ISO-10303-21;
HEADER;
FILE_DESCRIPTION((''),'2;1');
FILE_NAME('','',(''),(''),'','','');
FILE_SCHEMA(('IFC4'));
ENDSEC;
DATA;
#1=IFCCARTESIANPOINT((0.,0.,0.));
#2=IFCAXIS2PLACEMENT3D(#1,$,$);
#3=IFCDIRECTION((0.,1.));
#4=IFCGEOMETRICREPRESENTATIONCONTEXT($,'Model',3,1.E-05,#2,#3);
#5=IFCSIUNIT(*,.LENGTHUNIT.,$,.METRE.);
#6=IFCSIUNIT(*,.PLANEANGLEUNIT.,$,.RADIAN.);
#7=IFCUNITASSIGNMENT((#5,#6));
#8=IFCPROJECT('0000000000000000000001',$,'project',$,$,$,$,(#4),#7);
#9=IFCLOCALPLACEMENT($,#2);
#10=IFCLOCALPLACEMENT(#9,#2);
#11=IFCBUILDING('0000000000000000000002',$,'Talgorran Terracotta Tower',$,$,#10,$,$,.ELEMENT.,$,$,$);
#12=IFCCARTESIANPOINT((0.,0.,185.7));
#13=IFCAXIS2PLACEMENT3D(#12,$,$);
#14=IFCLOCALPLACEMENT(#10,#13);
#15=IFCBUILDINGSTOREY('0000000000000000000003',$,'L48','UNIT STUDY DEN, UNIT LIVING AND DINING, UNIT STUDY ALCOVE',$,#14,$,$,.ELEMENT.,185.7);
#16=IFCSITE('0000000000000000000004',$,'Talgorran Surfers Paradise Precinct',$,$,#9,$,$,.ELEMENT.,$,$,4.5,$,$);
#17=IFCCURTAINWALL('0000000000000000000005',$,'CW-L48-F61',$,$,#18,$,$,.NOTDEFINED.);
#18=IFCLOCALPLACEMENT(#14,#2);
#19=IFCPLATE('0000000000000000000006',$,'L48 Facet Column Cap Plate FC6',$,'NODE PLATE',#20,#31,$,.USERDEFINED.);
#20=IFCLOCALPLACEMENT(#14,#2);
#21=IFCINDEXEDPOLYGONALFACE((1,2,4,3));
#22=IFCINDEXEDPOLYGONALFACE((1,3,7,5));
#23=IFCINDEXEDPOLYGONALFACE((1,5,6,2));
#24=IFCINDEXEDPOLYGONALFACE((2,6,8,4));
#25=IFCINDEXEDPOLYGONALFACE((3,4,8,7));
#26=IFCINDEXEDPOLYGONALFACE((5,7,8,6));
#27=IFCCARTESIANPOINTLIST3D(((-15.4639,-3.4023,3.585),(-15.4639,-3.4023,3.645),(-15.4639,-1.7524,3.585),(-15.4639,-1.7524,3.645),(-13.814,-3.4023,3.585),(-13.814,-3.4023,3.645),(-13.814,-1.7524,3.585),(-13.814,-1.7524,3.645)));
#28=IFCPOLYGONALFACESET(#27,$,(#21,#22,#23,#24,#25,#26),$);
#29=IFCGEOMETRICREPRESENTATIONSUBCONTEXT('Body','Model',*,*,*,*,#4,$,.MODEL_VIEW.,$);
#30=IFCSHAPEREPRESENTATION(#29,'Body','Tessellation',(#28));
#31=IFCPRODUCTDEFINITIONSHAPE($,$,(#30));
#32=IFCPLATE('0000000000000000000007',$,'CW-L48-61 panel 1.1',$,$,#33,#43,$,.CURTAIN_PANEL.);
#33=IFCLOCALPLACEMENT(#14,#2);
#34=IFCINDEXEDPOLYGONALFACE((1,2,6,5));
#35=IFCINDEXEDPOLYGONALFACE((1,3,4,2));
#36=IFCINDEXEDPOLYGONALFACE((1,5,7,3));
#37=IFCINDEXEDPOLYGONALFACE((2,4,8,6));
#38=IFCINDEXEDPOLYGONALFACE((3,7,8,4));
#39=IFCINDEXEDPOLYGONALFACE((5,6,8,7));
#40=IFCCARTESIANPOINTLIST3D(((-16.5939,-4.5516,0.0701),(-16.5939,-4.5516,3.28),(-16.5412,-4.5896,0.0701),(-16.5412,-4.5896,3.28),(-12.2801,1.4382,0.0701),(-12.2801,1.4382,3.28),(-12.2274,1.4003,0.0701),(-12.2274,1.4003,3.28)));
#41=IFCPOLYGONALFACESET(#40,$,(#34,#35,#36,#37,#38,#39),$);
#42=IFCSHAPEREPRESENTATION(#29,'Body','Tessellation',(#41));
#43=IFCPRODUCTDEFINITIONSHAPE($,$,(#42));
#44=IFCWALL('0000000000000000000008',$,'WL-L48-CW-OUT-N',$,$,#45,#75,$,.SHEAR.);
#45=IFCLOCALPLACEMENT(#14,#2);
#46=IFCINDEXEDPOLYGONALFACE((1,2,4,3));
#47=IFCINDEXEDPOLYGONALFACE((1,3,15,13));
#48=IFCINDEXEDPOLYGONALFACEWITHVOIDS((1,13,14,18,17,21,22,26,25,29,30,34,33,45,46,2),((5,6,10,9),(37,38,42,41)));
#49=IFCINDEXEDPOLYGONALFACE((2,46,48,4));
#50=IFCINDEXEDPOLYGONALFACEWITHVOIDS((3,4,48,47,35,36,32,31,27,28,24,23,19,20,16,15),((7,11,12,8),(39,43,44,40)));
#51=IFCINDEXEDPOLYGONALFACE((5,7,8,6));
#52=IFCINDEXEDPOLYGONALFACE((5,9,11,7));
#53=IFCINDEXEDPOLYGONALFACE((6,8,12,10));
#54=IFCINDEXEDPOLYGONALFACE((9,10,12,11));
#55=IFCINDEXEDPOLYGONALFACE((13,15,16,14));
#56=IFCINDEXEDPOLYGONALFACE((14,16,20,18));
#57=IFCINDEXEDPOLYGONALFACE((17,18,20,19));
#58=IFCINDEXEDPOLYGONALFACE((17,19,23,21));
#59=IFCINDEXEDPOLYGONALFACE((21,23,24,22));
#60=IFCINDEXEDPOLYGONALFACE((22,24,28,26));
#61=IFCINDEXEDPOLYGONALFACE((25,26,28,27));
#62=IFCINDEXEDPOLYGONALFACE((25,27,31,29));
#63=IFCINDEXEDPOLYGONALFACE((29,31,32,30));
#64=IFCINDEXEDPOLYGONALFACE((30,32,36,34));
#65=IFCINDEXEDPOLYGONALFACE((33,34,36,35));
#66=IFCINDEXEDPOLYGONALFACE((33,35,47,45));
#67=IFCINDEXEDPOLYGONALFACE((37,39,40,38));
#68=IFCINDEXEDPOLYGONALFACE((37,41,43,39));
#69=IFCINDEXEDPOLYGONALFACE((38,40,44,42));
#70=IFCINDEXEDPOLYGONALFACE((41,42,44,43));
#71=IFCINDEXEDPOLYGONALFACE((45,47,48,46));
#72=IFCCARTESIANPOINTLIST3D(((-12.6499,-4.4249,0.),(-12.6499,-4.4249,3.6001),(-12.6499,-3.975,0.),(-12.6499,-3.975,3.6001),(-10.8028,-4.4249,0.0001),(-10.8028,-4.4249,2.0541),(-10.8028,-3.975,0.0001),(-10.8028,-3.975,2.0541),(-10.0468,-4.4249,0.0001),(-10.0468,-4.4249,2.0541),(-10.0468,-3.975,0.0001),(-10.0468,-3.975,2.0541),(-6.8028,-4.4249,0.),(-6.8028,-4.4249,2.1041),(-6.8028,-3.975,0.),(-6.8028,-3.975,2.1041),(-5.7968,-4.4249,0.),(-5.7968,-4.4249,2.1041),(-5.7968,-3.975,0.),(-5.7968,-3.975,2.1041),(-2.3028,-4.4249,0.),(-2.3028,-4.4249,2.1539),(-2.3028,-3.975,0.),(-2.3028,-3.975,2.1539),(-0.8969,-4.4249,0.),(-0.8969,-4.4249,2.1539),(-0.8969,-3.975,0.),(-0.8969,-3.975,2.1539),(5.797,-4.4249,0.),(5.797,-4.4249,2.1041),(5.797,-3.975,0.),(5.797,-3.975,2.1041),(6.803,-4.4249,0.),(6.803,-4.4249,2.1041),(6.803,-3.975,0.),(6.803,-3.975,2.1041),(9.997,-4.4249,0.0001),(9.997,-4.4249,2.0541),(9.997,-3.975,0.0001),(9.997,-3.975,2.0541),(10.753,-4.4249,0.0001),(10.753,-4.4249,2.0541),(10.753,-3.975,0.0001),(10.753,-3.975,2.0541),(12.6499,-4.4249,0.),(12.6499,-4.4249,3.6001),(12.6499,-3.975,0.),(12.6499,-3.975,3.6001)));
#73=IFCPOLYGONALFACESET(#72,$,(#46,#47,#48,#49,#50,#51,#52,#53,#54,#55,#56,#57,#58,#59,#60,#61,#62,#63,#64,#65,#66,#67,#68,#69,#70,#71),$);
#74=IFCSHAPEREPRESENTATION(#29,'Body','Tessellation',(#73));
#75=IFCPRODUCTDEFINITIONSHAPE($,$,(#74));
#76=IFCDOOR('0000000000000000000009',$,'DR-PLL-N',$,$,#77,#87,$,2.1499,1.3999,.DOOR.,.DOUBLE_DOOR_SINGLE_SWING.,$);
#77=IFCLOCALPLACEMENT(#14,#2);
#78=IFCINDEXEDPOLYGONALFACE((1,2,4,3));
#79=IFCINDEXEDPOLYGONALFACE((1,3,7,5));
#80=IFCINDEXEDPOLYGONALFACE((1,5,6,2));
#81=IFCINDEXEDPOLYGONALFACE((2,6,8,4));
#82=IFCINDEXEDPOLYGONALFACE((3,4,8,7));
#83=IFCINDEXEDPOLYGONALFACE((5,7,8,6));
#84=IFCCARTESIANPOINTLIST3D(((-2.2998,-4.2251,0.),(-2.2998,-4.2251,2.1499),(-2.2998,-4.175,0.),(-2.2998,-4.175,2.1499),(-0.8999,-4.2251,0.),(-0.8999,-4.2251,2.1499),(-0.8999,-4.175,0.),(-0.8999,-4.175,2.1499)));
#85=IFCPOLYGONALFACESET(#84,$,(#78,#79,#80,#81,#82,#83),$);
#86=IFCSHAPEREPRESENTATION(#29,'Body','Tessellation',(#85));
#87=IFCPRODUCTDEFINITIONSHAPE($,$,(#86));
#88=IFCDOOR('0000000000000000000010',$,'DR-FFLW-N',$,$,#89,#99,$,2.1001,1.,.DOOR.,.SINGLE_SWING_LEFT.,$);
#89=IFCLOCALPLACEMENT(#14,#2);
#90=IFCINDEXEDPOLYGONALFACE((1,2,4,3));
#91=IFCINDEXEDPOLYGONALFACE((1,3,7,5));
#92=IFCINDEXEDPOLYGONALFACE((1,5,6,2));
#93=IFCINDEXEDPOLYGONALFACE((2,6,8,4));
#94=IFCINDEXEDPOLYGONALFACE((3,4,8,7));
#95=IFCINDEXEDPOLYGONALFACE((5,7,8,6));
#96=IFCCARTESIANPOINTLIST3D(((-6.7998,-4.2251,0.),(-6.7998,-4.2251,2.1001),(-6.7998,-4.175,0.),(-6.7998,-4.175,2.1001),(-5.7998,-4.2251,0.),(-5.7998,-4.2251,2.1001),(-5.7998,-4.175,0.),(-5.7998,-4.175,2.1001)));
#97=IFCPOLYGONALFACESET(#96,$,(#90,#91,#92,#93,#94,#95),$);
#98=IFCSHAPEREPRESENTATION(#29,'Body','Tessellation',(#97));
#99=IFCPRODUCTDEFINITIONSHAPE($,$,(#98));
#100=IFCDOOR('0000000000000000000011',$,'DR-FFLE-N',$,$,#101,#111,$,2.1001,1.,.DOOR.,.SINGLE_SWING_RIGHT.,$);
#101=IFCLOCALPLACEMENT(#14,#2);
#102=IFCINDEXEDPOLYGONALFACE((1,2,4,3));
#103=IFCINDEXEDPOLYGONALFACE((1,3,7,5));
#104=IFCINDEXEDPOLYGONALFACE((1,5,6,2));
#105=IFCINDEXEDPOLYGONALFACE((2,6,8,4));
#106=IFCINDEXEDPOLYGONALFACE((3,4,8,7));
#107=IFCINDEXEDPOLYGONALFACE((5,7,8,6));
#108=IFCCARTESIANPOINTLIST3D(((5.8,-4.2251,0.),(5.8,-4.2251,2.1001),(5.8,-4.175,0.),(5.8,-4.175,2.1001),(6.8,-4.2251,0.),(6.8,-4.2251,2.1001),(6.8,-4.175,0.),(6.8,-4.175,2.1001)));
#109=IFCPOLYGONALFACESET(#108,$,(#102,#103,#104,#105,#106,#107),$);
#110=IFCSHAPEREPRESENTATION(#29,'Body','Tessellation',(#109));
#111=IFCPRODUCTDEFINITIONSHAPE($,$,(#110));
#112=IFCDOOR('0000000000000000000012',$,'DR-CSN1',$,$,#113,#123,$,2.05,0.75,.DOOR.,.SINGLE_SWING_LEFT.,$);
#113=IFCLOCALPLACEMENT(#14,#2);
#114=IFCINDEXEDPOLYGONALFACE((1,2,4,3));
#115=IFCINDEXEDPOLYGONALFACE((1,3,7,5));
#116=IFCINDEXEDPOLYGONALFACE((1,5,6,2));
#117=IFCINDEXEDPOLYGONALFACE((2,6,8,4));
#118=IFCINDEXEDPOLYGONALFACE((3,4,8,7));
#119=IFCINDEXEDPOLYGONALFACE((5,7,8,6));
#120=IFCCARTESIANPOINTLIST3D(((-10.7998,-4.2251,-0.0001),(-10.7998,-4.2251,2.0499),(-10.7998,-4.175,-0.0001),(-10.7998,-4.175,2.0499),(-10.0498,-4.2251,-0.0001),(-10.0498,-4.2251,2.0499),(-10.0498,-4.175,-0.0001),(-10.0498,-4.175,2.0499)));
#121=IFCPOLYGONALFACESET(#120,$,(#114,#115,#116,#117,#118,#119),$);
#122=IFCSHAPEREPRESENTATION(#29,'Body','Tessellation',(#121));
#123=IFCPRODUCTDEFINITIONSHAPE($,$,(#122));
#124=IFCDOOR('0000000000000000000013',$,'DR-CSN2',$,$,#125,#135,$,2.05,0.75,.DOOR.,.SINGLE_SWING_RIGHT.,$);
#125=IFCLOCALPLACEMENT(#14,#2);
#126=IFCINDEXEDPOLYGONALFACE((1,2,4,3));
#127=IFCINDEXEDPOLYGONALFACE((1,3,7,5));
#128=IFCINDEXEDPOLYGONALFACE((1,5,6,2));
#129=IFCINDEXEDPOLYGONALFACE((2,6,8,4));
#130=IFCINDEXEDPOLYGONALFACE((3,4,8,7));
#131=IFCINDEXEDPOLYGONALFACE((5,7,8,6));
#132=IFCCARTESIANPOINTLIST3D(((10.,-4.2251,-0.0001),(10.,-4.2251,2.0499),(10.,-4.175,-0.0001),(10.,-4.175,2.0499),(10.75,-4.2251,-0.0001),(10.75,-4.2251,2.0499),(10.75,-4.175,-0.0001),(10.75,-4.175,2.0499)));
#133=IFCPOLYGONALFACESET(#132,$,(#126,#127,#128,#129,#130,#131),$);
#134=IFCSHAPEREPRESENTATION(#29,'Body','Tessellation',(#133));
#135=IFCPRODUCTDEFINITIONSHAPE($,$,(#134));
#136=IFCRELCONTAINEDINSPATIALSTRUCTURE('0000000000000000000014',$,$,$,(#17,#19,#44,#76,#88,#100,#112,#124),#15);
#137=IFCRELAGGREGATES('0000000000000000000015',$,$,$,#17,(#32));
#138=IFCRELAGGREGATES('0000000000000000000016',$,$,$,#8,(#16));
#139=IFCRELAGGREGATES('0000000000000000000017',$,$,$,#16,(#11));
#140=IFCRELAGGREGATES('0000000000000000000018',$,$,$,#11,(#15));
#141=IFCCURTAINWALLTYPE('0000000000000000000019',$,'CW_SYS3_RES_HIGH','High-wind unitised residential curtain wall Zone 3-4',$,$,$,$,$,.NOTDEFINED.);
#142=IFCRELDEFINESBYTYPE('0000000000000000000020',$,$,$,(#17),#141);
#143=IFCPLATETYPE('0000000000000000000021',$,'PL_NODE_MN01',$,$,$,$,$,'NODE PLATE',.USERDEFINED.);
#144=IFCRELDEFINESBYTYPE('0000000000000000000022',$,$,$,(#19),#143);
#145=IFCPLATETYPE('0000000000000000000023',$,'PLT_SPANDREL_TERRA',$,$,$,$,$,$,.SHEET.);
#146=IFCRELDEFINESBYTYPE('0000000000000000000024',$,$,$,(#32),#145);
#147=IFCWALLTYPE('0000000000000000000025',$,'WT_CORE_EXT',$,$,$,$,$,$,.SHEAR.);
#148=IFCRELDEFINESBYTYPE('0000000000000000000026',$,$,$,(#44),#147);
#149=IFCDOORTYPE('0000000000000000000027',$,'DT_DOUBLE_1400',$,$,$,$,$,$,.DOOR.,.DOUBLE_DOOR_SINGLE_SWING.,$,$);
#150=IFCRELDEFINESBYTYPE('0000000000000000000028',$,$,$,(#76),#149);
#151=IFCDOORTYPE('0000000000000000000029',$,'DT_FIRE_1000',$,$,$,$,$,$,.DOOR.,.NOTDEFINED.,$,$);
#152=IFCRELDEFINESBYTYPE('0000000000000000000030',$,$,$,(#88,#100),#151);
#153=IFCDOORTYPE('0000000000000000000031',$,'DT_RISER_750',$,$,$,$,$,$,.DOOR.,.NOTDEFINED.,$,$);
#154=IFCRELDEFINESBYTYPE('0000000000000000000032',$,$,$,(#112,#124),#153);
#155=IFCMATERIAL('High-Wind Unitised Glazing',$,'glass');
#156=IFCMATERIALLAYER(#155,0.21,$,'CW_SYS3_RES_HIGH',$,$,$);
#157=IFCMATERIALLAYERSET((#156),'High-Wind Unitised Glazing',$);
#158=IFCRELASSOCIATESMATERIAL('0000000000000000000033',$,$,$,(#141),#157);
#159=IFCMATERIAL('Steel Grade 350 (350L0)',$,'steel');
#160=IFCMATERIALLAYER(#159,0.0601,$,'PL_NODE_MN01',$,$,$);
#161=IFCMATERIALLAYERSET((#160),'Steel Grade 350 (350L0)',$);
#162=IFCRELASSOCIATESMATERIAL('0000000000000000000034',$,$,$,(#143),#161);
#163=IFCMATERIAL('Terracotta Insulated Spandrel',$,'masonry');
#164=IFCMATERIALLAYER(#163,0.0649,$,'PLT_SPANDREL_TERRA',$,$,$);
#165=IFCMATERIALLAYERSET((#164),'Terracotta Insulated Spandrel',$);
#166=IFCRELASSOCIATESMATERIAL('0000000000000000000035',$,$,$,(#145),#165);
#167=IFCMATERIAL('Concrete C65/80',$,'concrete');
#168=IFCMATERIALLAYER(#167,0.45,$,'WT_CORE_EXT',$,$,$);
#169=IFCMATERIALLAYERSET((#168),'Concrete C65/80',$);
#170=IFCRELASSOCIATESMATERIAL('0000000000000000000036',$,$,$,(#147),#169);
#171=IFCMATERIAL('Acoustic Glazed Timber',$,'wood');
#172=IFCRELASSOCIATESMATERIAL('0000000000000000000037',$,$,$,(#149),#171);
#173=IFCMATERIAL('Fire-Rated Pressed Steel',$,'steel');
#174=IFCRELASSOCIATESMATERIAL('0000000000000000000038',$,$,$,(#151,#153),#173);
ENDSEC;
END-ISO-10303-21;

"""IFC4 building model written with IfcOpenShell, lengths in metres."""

from ifc_helpers import new_model, si_unit, direction, frame, frame_2d, origin, origin_2d, place, context, subcontext, project, spatial, rectangle, extrude, source, transform, mapped, material, layer, layer_set, type_object, type_shapes, element, fill, aggregate, save


model = new_model("IFC4")

# Units and contexts
model_context = context("Model", 3, precision=1e-05, world=origin(), true_north=direction((0.0, 1.0)))
body_context = subcontext(model_context, "Body", "Model", "MODEL_VIEW")
ifc_project = project(units=[si_unit("LENGTHUNIT", "METRE"), si_unit("PLANEANGLEUNIT", "RADIAN")], contexts=[model_context])

# Site, building, storey
site_placement = place(None, origin())
site = spatial("IfcSite", under=ifc_project, at=site_placement, Name="Talgorran Surfers Paradise Precinct", CompositionType="ELEMENT", RefElevation=4.5)
building_placement = place(site_placement, origin())
building = spatial("IfcBuilding", under=site, at=building_placement, Name="Talgorran Terracotta Tower", CompositionType="ELEMENT")
storey_placement = place(building_placement, frame((0.0, 0.0, 185.7)))
storey = spatial("IfcBuildingStorey", under=building, at=storey_placement, Name="L48", Description="UNIT STUDY DEN, UNIT LIVING AND DINING, UNIT STUDY ALCOVE", CompositionType="ELEMENT", Elevation=185.7)

# Shared definitions
ifc_material_1 = material(Name="Steel Grade 350 (350L0)", Category="steel")

# Curtain wall
ifc_material_2 = material(Name="High-Wind Unitised Glazing", Category="glass")
ifc_layer_1 = layer(ifc_material_2, 0.21, Name="CW_SYS3_RES_HIGH")
ifc_layer_set_1 = layer_set([ifc_layer_1], Name="High-Wind Unitised Glazing")
curtain_wall_type = type_object("IfcCurtainWallType", Name="CW_SYS3_RES_HIGH", Description="High-wind unitised residential curtain wall Zone 3-4", PredefinedType="NOTDEFINED", material=ifc_layer_set_1)
curtain_wall_placement = place(storey_placement, origin())
curtain_wall = element("IfcCurtainWall", 1, at=curtain_wall_placement, inside=storey, type_object=curtain_wall_type, Name="CW-L48-F61", PredefinedType="NOTDEFINED")

# Plates
ifc_layer_2 = layer(ifc_material_1, 0.0601, Name="PL_NODE_MN01")
ifc_layer_set_2 = layer_set([ifc_layer_2], Name="Steel Grade 350 (350L0)")
plate_type_1 = type_object("IfcPlateType", Name="PL_NODE_MN01", ElementType="NODE PLATE", PredefinedType="USERDEFINED", material=ifc_layer_set_2)
plate_1_placement = place(storey_placement, frame((-14.6389, -2.5774, 3.585), z_axis=(0.0, 0.0, 1.0), x_axis=(1.0, 0.0, 0.0)))
element("IfcPlate", 2, at=plate_1_placement, inside=storey, type_object=plate_type_1, Name="L48 Facet Column Cap Plate FC6", ObjectType="NODE PLATE", PredefinedType="USERDEFINED", context=body_context, shape_type="SweptSolid", body=[
    extrude(rectangle(XDim=1.6499, YDim=1.6499, at=origin_2d()), origin(), (0.0, 0.0, 1.0), 0.0601),
])
ifc_material_3 = material(Name="Terracotta Insulated Spandrel", Category="masonry")
ifc_layer_3 = layer(ifc_material_3, 0.0649, Name="PLT_SPANDREL_TERRA")
ifc_layer_set_3 = layer_set([ifc_layer_3], Name="Terracotta Insulated Spandrel")
plate_type_2 = type_object("IfcPlateType", Name="PLT_SPANDREL_TERRA", PredefinedType="SHEET", material=ifc_layer_set_3)
shared_shape = source(origin(), body_context, "Body", "SweptSolid", [
    extrude(rectangle(XDim=7.3816, YDim=0.0649, at=origin_2d()), origin(), (0.0, 0.0, 1.0), 3.21),
])
type_shapes(plate_type_2, [shared_shape])
plate_2_placement = place(storey_placement, frame((-14.4106, -1.5757, 0.0701), z_axis=(0.0, 0.0, 1.0), x_axis=(-0.584405, -0.811462, 0.0)))
plate_2 = element("IfcPlate", 3, at=plate_2_placement, type_object=plate_type_2, Name="CW-L48-61 panel 1.1", PredefinedType="CURTAIN_PANEL", context=body_context, shape_type="MappedRepresentation", body=[
    mapped(shared_shape, transform((0.0, 0.0, 0.0), scale=1.0)),
])
aggregate(curtain_wall, [plate_2])

# Wall, openings, doors
ifc_material_4 = material(Name="Concrete C65/80", Category="concrete")
ifc_layer_4 = layer(ifc_material_4, 0.45, Name="WT_CORE_EXT")
ifc_layer_set_4 = layer_set([ifc_layer_4], Name="Concrete C65/80")
wall_type_1 = type_object("IfcWallType", Name="WT_CORE_EXT", PredefinedType="SHEAR", material=ifc_layer_set_4)
wall_1_placement = place(storey_placement, frame((-12.6499, -4.2, 0.0), z_axis=(0.0, 0.0, 1.0), x_axis=(1.0, 0.0, 0.0)))
wall_1 = element("IfcWall", 4, at=wall_1_placement, inside=storey, type_object=wall_type_1, Name="WL-L48-CW-OUT-N", PredefinedType="SHEAR", context=body_context, shape_type="SweptSolid", body=[
    extrude(rectangle(XDim=25.2998, YDim=0.45, at=frame_2d((12.6499, 0.0))), origin(), (0.0, 0.0, 1.0), 3.6001),
])
opening_1_placement = place(wall_1_placement, frame((1.8501, 0.0, 0.0)))
opening_1 = element("IfcOpeningElement", 5, at=opening_1_placement, cuts=wall_1, PredefinedType="OPENING", context=body_context, shape_type="SweptSolid", body=[
    extrude(rectangle(XDim=0.756, YDim=2.054, at=frame_2d((0.375, 1.0271))), frame((0.0, 0.2349, 0.0), z_axis=(0.0, -1.0, 0.0), x_axis=(1.0, 0.0, 0.0)), (0.0, 0.0, 1.0), 0.47),
])
opening_2_placement = place(wall_1_placement, frame((22.6499, 0.0, 0.0)))
opening_2 = element("IfcOpeningElement", 6, at=opening_2_placement, cuts=wall_1, PredefinedType="OPENING", context=body_context, shape_type="SweptSolid", body=[
    extrude(rectangle(XDim=0.756, YDim=2.054, at=frame_2d((0.375, 1.0271))), frame((0.0, 0.2349, 0.0), z_axis=(0.0, -1.0, 0.0), x_axis=(1.0, 0.0, 0.0)), (0.0, 0.0, 1.0), 0.47),
])
opening_3_placement = place(wall_1_placement, frame((5.8501, 0.0, 0.0)))
opening_3 = element("IfcOpeningElement", 7, at=opening_3_placement, cuts=wall_1, PredefinedType="OPENING", context=body_context, shape_type="SweptSolid", body=[
    extrude(rectangle(XDim=1.006, YDim=2.1041, at=frame_2d((0.5, 1.052))), frame((0.0, 0.2349, 0.0), z_axis=(0.0, -1.0, 0.0), x_axis=(1.0, 0.0, 0.0)), (0.0, 0.0, 1.0), 0.47),
])
opening_4_placement = place(wall_1_placement, frame((10.3501, 0.0, 0.0)))
opening_4 = element("IfcOpeningElement", 8, at=opening_4_placement, cuts=wall_1, PredefinedType="OPENING", context=body_context, shape_type="SweptSolid", body=[
    extrude(rectangle(XDim=1.4059, YDim=2.1539, at=frame_2d((0.7, 1.0769))), frame((0.0, 0.2349, 0.0), z_axis=(0.0, -1.0, 0.0), x_axis=(1.0, 0.0, 0.0)), (0.0, 0.0, 1.0), 0.47),
])
opening_5_placement = place(wall_1_placement, frame((18.45, 0.0, 0.0)))
opening_5 = element("IfcOpeningElement", 9, at=opening_5_placement, cuts=wall_1, PredefinedType="OPENING", context=body_context, shape_type="SweptSolid", body=[
    extrude(rectangle(XDim=1.006, YDim=2.1041, at=frame_2d((0.5, 1.052))), frame((0.0, 0.2349, 0.0), z_axis=(0.0, -1.0, 0.0), x_axis=(1.0, 0.0, 0.0)), (0.0, 0.0, 1.0), 0.47),
])
ifc_material_5 = material(Name="Acoustic Glazed Timber", Category="wood")
door_type_1 = type_object("IfcDoorType", Name="DT_DOUBLE_1400", OperationType="DOUBLE_DOOR_SINGLE_SWING", PredefinedType="DOOR", material=ifc_material_5)
door_1_placement = place(opening_4_placement, origin())
door_1 = element("IfcDoor", 10, at=door_1_placement, inside=storey, type_object=door_type_1, Name="DR-PLL-N", OperationType="DOUBLE_DOOR_SINGLE_SWING", OverallHeight=2.1499, OverallWidth=1.3999, PredefinedType="DOOR", context=body_context, shape_type="SweptSolid", body=[
    extrude(rectangle(XDim=1.3999, YDim=2.1499, at=frame_2d((0.7, 1.075))), frame((0.0, 0.0249, 0.0), z_axis=(0.0, -1.0, 0.0), x_axis=(1.0, 0.0, 0.0)), (0.0, 0.0, 1.0), 0.05),
])
fill(opening_4, door_1)
ifc_material_6 = material(Name="Fire-Rated Pressed Steel", Category="steel")
door_type_2 = type_object("IfcDoorType", Name="DT_FIRE_1000", OperationType="NOTDEFINED", PredefinedType="DOOR", material=ifc_material_6)
door_2_placement = place(opening_3_placement, origin())
door_2 = element("IfcDoor", 11, at=door_2_placement, inside=storey, type_object=door_type_2, Name="DR-FFLW-N", OperationType="SINGLE_SWING_LEFT", OverallHeight=2.1001, OverallWidth=1.0, PredefinedType="DOOR", context=body_context, shape_type="SweptSolid", body=[
    extrude(rectangle(XDim=1.0, YDim=2.1001, at=frame_2d((0.5, 1.05))), frame((0.0, 0.0249, 0.0), z_axis=(0.0, -1.0, 0.0), x_axis=(1.0, 0.0, 0.0)), (0.0, 0.0, 1.0), 0.05),
])
fill(opening_3, door_2)
door_3_placement = place(opening_5_placement, origin())
door_3 = element("IfcDoor", 12, at=door_3_placement, inside=storey, type_object=door_type_2, Name="DR-FFLE-N", OperationType="SINGLE_SWING_RIGHT", OverallHeight=2.1001, OverallWidth=1.0, PredefinedType="DOOR", context=body_context, shape_type="SweptSolid", body=[
    extrude(rectangle(XDim=1.0, YDim=2.1001, at=frame_2d((0.5, 1.05))), frame((0.0, 0.0249, 0.0), z_axis=(0.0, -1.0, 0.0), x_axis=(1.0, 0.0, 0.0)), (0.0, 0.0, 1.0), 0.05),
])
fill(opening_5, door_3)
door_type_3 = type_object("IfcDoorType", Name="DT_RISER_750", OperationType="NOTDEFINED", PredefinedType="DOOR", material=ifc_material_6)
door_4_placement = place(opening_1_placement, origin())
door_4 = element("IfcDoor", 13, at=door_4_placement, inside=storey, type_object=door_type_3, Name="DR-CSN1", OperationType="SINGLE_SWING_LEFT", OverallHeight=2.05, OverallWidth=0.75, PredefinedType="DOOR", context=body_context, shape_type="SweptSolid", body=[
    extrude(rectangle(XDim=0.75, YDim=2.05, at=frame_2d((0.375, 1.0249))), frame((0.0, 0.0249, 0.0), z_axis=(0.0, -1.0, 0.0), x_axis=(1.0, 0.0, 0.0)), (0.0, 0.0, 1.0), 0.05),
])
fill(opening_1, door_4)
door_5_placement = place(opening_2_placement, origin())
door_5 = element("IfcDoor", 14, at=door_5_placement, inside=storey, type_object=door_type_3, Name="DR-CSN2", OperationType="SINGLE_SWING_RIGHT", OverallHeight=2.05, OverallWidth=0.75, PredefinedType="DOOR", context=body_context, shape_type="SweptSolid", body=[
    extrude(rectangle(XDim=0.75, YDim=2.05, at=frame_2d((0.375, 1.0249))), frame((0.0, 0.0249, 0.0), z_axis=(0.0, -1.0, 0.0), x_axis=(1.0, 0.0, 0.0)), (0.0, 0.0, 1.0), 0.05),
])
fill(opening_2, door_5)

save(model, "model.ifc")
